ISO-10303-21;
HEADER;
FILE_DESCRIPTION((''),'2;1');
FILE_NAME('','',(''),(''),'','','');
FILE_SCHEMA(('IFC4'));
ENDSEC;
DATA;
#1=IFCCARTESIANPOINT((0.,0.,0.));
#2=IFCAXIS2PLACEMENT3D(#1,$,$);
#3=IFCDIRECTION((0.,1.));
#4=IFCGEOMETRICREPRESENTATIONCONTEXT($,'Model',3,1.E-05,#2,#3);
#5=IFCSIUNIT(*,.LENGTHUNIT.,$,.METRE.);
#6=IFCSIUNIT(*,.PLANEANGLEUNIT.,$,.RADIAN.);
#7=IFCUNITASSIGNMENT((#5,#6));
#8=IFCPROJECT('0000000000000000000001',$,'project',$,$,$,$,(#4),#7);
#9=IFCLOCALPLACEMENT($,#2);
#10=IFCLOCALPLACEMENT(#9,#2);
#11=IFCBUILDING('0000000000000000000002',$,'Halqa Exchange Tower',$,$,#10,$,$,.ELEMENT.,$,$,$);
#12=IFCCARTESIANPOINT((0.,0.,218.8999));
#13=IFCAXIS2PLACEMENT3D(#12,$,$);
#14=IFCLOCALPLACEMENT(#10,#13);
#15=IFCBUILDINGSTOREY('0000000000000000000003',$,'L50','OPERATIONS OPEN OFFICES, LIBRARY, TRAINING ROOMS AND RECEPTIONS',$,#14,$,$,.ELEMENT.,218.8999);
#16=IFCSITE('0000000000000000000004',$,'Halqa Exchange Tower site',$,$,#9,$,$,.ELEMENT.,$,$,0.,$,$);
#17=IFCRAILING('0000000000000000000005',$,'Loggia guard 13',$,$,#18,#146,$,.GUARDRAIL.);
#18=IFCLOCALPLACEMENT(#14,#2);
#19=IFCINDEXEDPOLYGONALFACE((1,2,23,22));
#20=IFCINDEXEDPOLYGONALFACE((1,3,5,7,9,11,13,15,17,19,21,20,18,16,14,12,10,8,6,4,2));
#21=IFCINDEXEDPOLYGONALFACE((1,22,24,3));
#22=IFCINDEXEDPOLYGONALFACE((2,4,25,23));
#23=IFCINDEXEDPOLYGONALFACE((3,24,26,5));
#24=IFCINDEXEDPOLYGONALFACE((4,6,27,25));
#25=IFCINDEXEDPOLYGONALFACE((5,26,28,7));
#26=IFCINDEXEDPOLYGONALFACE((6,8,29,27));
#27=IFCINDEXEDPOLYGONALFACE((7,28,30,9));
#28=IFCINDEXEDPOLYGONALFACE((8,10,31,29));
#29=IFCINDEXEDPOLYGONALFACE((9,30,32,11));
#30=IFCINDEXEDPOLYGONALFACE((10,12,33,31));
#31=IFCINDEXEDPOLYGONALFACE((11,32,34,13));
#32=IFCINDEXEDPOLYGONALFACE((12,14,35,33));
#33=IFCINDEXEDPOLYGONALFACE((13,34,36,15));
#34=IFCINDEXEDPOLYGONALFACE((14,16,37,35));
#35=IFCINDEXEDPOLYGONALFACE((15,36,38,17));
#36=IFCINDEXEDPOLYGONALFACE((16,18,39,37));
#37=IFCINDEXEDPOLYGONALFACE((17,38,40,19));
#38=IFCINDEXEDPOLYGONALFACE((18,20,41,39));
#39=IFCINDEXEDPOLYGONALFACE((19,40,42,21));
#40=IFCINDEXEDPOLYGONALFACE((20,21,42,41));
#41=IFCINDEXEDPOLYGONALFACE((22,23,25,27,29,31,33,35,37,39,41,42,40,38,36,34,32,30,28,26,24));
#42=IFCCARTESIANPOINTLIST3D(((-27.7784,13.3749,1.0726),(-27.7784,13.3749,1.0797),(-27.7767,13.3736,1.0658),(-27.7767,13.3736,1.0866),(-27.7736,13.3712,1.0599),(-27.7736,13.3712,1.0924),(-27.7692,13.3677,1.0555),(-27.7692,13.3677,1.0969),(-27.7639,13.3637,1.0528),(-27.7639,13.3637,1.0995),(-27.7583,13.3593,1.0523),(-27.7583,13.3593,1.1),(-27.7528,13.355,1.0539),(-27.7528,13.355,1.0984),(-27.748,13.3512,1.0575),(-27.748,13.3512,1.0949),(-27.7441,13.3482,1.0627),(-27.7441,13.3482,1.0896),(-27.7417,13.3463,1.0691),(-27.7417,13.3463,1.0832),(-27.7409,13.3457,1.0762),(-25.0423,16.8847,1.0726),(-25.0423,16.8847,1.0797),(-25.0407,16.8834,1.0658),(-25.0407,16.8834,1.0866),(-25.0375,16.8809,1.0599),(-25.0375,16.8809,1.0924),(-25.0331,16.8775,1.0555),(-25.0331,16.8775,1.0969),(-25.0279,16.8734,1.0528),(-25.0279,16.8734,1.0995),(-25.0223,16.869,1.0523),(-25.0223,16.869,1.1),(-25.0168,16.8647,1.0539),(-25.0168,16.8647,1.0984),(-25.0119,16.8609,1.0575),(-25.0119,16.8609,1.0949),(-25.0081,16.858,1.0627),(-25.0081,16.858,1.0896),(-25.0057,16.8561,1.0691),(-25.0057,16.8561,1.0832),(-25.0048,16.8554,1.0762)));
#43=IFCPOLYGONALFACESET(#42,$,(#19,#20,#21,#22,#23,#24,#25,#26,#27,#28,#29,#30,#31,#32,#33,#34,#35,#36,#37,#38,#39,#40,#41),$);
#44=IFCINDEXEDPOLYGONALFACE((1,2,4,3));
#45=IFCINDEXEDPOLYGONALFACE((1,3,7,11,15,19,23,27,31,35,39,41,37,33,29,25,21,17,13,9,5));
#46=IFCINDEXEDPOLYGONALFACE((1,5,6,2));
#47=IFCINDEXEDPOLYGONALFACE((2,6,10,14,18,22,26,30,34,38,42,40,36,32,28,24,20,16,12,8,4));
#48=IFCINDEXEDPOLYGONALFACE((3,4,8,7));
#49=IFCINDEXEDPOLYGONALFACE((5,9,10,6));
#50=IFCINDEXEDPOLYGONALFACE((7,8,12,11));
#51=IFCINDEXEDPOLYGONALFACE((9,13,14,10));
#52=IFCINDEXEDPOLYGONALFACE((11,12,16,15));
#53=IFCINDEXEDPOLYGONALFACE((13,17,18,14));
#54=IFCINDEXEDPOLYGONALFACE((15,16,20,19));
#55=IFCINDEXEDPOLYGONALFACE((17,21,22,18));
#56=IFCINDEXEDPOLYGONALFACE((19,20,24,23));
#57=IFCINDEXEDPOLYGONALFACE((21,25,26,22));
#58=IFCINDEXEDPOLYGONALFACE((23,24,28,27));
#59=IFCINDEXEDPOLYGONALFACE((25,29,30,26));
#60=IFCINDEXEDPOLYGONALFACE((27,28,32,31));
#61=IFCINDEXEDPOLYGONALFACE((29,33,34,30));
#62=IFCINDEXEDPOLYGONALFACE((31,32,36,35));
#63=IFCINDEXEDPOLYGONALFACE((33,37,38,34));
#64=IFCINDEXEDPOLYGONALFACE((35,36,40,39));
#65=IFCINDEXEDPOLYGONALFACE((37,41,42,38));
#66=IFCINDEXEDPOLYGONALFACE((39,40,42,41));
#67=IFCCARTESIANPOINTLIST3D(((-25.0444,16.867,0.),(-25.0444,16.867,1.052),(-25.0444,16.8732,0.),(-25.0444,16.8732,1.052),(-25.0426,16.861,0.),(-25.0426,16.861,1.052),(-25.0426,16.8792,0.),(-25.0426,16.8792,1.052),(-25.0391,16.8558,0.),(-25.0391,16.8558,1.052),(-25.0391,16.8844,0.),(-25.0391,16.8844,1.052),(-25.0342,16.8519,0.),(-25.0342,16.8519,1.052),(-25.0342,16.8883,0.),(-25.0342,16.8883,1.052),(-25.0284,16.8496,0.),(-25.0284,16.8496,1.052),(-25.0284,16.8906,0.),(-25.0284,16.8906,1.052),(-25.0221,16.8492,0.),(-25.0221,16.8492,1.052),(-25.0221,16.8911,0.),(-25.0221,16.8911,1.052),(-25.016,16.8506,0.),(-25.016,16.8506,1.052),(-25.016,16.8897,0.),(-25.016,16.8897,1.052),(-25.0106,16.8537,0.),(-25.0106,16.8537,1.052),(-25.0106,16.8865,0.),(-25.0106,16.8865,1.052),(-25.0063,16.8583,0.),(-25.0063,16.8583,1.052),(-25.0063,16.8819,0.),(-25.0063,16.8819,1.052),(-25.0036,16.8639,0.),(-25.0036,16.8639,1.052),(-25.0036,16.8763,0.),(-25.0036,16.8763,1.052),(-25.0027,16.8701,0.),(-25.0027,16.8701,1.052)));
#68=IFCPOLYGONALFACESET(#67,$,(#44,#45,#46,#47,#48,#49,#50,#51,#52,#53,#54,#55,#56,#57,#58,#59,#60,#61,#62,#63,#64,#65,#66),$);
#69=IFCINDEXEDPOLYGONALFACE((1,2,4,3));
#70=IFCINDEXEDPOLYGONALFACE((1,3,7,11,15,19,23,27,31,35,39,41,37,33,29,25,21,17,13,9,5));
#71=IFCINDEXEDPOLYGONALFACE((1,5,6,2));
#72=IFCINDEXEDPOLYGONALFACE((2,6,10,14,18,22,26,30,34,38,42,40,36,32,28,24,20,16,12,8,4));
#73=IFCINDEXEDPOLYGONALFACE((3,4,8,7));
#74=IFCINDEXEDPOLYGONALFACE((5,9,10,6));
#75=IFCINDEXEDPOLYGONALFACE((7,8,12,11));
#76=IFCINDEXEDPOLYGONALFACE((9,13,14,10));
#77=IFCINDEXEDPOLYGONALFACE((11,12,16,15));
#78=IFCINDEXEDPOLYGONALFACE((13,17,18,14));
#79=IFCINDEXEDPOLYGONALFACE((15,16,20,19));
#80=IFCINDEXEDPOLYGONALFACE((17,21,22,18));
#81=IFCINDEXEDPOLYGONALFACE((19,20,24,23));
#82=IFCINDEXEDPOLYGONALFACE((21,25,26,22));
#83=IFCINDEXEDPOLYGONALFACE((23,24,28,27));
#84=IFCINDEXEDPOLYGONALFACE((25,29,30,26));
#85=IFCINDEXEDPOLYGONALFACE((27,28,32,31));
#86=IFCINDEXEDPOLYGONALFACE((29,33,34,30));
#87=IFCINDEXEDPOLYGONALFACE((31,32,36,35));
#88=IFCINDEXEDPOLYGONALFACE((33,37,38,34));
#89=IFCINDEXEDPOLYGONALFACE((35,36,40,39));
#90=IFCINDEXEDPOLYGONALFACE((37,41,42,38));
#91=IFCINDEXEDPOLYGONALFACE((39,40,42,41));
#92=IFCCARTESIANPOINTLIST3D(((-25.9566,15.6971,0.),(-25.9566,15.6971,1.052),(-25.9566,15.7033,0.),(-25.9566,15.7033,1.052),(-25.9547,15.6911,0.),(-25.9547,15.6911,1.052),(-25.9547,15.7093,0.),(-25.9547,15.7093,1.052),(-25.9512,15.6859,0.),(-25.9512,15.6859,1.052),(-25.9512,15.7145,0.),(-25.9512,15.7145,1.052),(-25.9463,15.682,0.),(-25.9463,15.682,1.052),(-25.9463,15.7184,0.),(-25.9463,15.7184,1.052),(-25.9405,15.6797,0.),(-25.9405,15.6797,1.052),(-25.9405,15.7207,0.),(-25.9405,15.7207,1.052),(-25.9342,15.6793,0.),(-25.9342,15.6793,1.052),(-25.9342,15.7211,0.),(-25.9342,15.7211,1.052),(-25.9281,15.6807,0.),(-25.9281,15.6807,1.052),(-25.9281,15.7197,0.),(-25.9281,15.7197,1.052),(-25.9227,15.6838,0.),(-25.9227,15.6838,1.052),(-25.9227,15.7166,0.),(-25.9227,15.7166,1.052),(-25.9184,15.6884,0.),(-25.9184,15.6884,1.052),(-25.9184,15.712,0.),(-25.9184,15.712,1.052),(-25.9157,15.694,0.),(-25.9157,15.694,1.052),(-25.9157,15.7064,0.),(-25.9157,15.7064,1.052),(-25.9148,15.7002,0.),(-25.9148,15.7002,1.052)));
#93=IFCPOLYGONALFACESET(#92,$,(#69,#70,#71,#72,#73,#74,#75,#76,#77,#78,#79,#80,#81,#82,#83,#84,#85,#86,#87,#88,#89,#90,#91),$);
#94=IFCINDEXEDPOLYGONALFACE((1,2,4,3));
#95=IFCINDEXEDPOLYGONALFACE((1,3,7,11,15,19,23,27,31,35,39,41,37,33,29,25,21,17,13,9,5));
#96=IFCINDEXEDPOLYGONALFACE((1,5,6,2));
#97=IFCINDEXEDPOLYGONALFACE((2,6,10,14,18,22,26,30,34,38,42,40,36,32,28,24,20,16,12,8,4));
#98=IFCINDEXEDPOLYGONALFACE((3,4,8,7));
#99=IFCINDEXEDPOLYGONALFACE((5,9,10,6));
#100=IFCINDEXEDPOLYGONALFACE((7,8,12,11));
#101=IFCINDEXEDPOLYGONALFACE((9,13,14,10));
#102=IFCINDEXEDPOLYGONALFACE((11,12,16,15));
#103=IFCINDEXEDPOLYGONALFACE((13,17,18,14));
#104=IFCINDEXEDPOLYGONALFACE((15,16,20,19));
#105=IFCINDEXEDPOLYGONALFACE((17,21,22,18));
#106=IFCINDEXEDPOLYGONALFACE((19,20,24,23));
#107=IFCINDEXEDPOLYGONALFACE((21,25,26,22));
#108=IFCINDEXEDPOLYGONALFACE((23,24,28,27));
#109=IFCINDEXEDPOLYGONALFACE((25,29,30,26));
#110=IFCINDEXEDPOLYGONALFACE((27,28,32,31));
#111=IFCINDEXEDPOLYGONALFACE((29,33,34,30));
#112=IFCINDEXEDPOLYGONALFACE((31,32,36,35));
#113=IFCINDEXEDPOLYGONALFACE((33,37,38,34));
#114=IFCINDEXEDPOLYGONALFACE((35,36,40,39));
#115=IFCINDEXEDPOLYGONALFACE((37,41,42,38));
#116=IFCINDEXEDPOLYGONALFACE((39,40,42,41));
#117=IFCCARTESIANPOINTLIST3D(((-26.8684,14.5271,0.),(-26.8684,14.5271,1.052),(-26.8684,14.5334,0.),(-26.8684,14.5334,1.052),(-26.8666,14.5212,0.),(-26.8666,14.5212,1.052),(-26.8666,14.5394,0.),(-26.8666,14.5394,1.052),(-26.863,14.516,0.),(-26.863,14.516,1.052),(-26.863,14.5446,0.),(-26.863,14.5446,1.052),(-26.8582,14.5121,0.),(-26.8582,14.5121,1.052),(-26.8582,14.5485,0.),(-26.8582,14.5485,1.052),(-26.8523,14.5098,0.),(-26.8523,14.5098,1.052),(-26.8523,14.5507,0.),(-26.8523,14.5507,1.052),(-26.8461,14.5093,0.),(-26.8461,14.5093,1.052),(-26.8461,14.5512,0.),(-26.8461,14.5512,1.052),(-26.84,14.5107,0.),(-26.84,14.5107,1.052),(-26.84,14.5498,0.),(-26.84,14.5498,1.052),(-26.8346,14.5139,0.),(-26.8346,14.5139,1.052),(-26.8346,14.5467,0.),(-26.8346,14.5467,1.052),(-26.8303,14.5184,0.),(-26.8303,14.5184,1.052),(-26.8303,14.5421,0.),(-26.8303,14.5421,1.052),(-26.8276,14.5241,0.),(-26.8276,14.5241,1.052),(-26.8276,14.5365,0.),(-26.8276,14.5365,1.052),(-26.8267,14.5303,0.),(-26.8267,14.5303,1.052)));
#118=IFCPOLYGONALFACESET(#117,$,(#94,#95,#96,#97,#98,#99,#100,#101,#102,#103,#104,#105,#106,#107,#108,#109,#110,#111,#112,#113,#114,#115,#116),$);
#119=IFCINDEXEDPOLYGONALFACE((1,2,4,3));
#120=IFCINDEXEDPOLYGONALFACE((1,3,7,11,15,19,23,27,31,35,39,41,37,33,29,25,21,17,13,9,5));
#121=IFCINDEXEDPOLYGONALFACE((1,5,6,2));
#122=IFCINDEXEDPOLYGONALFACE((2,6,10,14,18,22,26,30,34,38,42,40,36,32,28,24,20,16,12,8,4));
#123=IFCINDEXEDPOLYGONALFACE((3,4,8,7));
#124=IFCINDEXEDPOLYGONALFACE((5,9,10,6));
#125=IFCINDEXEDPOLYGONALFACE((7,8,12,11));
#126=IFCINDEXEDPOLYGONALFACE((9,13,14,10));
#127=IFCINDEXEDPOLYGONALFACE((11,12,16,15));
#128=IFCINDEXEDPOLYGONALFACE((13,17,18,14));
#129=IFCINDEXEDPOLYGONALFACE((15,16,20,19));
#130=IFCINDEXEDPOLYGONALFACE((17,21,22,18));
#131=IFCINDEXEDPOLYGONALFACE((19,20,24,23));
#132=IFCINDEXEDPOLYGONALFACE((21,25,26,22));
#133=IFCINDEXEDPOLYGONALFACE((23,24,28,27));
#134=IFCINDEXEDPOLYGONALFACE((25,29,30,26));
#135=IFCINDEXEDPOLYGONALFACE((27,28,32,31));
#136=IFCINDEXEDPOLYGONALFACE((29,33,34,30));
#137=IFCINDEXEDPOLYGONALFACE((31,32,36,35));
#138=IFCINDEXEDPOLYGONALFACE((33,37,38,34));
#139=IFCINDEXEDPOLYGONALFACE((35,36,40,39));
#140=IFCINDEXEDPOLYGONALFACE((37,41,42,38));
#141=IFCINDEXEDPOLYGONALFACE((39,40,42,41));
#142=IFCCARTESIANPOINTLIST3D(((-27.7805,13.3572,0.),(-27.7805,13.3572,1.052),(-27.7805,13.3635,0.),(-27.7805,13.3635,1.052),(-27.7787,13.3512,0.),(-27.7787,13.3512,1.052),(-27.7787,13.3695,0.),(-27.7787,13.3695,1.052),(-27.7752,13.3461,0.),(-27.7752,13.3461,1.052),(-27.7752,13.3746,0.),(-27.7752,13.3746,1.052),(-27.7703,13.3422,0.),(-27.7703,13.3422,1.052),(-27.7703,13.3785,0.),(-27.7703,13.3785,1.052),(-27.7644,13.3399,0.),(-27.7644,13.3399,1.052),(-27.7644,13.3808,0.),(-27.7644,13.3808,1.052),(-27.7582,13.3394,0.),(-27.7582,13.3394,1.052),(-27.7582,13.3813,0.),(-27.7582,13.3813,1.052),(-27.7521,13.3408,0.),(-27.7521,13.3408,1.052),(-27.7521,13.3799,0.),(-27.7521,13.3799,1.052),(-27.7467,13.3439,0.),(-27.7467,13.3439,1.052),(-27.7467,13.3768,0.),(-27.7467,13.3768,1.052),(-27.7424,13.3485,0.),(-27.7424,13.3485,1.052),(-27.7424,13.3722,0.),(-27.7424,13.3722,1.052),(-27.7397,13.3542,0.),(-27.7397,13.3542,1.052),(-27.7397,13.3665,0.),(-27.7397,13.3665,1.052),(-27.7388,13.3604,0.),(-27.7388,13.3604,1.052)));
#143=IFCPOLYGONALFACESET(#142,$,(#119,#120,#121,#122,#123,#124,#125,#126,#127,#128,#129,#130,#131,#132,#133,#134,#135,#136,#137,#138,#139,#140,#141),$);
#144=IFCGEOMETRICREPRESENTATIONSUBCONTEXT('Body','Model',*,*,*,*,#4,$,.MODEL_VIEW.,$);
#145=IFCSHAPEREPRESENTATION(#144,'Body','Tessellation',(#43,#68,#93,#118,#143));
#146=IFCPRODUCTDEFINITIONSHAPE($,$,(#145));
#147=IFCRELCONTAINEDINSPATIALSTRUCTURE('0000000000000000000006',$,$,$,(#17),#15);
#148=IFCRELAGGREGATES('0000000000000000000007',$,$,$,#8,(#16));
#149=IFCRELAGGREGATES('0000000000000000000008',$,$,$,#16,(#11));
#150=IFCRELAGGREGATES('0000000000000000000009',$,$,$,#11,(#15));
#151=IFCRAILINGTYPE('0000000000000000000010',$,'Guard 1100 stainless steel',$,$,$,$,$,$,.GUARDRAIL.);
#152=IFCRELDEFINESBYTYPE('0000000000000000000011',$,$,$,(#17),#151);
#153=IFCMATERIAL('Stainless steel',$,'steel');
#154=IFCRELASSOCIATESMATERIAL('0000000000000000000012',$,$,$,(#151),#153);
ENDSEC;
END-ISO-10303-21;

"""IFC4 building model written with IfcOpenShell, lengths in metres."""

from ifc_helpers import new_model, si_unit, direction, frame, origin, origin_2d, place, context, subcontext, project, spatial, circle, extrude, material, type_object, element, save


model = new_model("IFC4")

# Units and contexts
model_context = context("Model", 3, precision=1e-05, world=origin(), true_north=direction((0.0, 1.0)))
body_context = subcontext(model_context, "Body", "Model", "MODEL_VIEW")
ifc_project = project(units=[si_unit("LENGTHUNIT", "METRE"), si_unit("PLANEANGLEUNIT", "RADIAN")], contexts=[model_context])

# Site, building, storey
site_placement = place(None, origin())
site = spatial("IfcSite", under=ifc_project, at=site_placement, Name="Halqa Exchange Tower site", CompositionType="ELEMENT", RefElevation=0.0)
building_placement = place(site_placement, origin())
building = spatial("IfcBuilding", under=site, at=building_placement, Name="Halqa Exchange Tower", CompositionType="ELEMENT")
storey_placement = place(building_placement, frame((0.0, 0.0, 218.8999)))
storey = spatial("IfcBuildingStorey", under=building, at=storey_placement, Name="L50", Description="OPERATIONS OPEN OFFICES, LIBRARY, TRAINING ROOMS AND RECEPTIONS", CompositionType="ELEMENT", Elevation=218.8999)

# Railing
ifc_material_1 = material(Name="Stainless steel", Category="steel")
railing_type = type_object("IfcRailingType", Name="Guard 1100 stainless steel", PredefinedType="GUARDRAIL", material=ifc_material_1)
railing_1_placement = place(storey_placement, frame((-25.0237, 16.8701, 0.0)))
element("IfcRailing", 1, at=railing_1_placement, inside=storey, type_object=railing_type, Name="Loggia guard 13", PredefinedType="GUARDRAIL", context=body_context, shape_type="SweptSolid", body=[
    extrude(circle(Radius=0.0239, at=origin_2d()), frame((0.0, 0.0, 1.0762), z_axis=(-0.614818, -0.788669, 0.0), x_axis=(0.788669, -0.614818, 0.0)), (0.0, 0.0, 1.0), 4.4502),
    extrude(circle(Radius=0.021, at=origin_2d()), origin(), (0.0, 0.0, 1.0), 1.052),
    extrude(circle(Radius=0.021, at=origin_2d()), frame((-0.9121, -1.1699, 0.0)), (0.0, 0.0, 1.0), 1.052),
    extrude(circle(Radius=0.021, at=origin_2d()), frame((-1.824, -2.3398, 0.0)), (0.0, 0.0, 1.0), 1.052),
    extrude(circle(Radius=0.021, at=origin_2d()), frame((-2.7361, -3.5098, 0.0)), (0.0, 0.0, 1.0), 1.052),
])

save(model, "model.ifc")
